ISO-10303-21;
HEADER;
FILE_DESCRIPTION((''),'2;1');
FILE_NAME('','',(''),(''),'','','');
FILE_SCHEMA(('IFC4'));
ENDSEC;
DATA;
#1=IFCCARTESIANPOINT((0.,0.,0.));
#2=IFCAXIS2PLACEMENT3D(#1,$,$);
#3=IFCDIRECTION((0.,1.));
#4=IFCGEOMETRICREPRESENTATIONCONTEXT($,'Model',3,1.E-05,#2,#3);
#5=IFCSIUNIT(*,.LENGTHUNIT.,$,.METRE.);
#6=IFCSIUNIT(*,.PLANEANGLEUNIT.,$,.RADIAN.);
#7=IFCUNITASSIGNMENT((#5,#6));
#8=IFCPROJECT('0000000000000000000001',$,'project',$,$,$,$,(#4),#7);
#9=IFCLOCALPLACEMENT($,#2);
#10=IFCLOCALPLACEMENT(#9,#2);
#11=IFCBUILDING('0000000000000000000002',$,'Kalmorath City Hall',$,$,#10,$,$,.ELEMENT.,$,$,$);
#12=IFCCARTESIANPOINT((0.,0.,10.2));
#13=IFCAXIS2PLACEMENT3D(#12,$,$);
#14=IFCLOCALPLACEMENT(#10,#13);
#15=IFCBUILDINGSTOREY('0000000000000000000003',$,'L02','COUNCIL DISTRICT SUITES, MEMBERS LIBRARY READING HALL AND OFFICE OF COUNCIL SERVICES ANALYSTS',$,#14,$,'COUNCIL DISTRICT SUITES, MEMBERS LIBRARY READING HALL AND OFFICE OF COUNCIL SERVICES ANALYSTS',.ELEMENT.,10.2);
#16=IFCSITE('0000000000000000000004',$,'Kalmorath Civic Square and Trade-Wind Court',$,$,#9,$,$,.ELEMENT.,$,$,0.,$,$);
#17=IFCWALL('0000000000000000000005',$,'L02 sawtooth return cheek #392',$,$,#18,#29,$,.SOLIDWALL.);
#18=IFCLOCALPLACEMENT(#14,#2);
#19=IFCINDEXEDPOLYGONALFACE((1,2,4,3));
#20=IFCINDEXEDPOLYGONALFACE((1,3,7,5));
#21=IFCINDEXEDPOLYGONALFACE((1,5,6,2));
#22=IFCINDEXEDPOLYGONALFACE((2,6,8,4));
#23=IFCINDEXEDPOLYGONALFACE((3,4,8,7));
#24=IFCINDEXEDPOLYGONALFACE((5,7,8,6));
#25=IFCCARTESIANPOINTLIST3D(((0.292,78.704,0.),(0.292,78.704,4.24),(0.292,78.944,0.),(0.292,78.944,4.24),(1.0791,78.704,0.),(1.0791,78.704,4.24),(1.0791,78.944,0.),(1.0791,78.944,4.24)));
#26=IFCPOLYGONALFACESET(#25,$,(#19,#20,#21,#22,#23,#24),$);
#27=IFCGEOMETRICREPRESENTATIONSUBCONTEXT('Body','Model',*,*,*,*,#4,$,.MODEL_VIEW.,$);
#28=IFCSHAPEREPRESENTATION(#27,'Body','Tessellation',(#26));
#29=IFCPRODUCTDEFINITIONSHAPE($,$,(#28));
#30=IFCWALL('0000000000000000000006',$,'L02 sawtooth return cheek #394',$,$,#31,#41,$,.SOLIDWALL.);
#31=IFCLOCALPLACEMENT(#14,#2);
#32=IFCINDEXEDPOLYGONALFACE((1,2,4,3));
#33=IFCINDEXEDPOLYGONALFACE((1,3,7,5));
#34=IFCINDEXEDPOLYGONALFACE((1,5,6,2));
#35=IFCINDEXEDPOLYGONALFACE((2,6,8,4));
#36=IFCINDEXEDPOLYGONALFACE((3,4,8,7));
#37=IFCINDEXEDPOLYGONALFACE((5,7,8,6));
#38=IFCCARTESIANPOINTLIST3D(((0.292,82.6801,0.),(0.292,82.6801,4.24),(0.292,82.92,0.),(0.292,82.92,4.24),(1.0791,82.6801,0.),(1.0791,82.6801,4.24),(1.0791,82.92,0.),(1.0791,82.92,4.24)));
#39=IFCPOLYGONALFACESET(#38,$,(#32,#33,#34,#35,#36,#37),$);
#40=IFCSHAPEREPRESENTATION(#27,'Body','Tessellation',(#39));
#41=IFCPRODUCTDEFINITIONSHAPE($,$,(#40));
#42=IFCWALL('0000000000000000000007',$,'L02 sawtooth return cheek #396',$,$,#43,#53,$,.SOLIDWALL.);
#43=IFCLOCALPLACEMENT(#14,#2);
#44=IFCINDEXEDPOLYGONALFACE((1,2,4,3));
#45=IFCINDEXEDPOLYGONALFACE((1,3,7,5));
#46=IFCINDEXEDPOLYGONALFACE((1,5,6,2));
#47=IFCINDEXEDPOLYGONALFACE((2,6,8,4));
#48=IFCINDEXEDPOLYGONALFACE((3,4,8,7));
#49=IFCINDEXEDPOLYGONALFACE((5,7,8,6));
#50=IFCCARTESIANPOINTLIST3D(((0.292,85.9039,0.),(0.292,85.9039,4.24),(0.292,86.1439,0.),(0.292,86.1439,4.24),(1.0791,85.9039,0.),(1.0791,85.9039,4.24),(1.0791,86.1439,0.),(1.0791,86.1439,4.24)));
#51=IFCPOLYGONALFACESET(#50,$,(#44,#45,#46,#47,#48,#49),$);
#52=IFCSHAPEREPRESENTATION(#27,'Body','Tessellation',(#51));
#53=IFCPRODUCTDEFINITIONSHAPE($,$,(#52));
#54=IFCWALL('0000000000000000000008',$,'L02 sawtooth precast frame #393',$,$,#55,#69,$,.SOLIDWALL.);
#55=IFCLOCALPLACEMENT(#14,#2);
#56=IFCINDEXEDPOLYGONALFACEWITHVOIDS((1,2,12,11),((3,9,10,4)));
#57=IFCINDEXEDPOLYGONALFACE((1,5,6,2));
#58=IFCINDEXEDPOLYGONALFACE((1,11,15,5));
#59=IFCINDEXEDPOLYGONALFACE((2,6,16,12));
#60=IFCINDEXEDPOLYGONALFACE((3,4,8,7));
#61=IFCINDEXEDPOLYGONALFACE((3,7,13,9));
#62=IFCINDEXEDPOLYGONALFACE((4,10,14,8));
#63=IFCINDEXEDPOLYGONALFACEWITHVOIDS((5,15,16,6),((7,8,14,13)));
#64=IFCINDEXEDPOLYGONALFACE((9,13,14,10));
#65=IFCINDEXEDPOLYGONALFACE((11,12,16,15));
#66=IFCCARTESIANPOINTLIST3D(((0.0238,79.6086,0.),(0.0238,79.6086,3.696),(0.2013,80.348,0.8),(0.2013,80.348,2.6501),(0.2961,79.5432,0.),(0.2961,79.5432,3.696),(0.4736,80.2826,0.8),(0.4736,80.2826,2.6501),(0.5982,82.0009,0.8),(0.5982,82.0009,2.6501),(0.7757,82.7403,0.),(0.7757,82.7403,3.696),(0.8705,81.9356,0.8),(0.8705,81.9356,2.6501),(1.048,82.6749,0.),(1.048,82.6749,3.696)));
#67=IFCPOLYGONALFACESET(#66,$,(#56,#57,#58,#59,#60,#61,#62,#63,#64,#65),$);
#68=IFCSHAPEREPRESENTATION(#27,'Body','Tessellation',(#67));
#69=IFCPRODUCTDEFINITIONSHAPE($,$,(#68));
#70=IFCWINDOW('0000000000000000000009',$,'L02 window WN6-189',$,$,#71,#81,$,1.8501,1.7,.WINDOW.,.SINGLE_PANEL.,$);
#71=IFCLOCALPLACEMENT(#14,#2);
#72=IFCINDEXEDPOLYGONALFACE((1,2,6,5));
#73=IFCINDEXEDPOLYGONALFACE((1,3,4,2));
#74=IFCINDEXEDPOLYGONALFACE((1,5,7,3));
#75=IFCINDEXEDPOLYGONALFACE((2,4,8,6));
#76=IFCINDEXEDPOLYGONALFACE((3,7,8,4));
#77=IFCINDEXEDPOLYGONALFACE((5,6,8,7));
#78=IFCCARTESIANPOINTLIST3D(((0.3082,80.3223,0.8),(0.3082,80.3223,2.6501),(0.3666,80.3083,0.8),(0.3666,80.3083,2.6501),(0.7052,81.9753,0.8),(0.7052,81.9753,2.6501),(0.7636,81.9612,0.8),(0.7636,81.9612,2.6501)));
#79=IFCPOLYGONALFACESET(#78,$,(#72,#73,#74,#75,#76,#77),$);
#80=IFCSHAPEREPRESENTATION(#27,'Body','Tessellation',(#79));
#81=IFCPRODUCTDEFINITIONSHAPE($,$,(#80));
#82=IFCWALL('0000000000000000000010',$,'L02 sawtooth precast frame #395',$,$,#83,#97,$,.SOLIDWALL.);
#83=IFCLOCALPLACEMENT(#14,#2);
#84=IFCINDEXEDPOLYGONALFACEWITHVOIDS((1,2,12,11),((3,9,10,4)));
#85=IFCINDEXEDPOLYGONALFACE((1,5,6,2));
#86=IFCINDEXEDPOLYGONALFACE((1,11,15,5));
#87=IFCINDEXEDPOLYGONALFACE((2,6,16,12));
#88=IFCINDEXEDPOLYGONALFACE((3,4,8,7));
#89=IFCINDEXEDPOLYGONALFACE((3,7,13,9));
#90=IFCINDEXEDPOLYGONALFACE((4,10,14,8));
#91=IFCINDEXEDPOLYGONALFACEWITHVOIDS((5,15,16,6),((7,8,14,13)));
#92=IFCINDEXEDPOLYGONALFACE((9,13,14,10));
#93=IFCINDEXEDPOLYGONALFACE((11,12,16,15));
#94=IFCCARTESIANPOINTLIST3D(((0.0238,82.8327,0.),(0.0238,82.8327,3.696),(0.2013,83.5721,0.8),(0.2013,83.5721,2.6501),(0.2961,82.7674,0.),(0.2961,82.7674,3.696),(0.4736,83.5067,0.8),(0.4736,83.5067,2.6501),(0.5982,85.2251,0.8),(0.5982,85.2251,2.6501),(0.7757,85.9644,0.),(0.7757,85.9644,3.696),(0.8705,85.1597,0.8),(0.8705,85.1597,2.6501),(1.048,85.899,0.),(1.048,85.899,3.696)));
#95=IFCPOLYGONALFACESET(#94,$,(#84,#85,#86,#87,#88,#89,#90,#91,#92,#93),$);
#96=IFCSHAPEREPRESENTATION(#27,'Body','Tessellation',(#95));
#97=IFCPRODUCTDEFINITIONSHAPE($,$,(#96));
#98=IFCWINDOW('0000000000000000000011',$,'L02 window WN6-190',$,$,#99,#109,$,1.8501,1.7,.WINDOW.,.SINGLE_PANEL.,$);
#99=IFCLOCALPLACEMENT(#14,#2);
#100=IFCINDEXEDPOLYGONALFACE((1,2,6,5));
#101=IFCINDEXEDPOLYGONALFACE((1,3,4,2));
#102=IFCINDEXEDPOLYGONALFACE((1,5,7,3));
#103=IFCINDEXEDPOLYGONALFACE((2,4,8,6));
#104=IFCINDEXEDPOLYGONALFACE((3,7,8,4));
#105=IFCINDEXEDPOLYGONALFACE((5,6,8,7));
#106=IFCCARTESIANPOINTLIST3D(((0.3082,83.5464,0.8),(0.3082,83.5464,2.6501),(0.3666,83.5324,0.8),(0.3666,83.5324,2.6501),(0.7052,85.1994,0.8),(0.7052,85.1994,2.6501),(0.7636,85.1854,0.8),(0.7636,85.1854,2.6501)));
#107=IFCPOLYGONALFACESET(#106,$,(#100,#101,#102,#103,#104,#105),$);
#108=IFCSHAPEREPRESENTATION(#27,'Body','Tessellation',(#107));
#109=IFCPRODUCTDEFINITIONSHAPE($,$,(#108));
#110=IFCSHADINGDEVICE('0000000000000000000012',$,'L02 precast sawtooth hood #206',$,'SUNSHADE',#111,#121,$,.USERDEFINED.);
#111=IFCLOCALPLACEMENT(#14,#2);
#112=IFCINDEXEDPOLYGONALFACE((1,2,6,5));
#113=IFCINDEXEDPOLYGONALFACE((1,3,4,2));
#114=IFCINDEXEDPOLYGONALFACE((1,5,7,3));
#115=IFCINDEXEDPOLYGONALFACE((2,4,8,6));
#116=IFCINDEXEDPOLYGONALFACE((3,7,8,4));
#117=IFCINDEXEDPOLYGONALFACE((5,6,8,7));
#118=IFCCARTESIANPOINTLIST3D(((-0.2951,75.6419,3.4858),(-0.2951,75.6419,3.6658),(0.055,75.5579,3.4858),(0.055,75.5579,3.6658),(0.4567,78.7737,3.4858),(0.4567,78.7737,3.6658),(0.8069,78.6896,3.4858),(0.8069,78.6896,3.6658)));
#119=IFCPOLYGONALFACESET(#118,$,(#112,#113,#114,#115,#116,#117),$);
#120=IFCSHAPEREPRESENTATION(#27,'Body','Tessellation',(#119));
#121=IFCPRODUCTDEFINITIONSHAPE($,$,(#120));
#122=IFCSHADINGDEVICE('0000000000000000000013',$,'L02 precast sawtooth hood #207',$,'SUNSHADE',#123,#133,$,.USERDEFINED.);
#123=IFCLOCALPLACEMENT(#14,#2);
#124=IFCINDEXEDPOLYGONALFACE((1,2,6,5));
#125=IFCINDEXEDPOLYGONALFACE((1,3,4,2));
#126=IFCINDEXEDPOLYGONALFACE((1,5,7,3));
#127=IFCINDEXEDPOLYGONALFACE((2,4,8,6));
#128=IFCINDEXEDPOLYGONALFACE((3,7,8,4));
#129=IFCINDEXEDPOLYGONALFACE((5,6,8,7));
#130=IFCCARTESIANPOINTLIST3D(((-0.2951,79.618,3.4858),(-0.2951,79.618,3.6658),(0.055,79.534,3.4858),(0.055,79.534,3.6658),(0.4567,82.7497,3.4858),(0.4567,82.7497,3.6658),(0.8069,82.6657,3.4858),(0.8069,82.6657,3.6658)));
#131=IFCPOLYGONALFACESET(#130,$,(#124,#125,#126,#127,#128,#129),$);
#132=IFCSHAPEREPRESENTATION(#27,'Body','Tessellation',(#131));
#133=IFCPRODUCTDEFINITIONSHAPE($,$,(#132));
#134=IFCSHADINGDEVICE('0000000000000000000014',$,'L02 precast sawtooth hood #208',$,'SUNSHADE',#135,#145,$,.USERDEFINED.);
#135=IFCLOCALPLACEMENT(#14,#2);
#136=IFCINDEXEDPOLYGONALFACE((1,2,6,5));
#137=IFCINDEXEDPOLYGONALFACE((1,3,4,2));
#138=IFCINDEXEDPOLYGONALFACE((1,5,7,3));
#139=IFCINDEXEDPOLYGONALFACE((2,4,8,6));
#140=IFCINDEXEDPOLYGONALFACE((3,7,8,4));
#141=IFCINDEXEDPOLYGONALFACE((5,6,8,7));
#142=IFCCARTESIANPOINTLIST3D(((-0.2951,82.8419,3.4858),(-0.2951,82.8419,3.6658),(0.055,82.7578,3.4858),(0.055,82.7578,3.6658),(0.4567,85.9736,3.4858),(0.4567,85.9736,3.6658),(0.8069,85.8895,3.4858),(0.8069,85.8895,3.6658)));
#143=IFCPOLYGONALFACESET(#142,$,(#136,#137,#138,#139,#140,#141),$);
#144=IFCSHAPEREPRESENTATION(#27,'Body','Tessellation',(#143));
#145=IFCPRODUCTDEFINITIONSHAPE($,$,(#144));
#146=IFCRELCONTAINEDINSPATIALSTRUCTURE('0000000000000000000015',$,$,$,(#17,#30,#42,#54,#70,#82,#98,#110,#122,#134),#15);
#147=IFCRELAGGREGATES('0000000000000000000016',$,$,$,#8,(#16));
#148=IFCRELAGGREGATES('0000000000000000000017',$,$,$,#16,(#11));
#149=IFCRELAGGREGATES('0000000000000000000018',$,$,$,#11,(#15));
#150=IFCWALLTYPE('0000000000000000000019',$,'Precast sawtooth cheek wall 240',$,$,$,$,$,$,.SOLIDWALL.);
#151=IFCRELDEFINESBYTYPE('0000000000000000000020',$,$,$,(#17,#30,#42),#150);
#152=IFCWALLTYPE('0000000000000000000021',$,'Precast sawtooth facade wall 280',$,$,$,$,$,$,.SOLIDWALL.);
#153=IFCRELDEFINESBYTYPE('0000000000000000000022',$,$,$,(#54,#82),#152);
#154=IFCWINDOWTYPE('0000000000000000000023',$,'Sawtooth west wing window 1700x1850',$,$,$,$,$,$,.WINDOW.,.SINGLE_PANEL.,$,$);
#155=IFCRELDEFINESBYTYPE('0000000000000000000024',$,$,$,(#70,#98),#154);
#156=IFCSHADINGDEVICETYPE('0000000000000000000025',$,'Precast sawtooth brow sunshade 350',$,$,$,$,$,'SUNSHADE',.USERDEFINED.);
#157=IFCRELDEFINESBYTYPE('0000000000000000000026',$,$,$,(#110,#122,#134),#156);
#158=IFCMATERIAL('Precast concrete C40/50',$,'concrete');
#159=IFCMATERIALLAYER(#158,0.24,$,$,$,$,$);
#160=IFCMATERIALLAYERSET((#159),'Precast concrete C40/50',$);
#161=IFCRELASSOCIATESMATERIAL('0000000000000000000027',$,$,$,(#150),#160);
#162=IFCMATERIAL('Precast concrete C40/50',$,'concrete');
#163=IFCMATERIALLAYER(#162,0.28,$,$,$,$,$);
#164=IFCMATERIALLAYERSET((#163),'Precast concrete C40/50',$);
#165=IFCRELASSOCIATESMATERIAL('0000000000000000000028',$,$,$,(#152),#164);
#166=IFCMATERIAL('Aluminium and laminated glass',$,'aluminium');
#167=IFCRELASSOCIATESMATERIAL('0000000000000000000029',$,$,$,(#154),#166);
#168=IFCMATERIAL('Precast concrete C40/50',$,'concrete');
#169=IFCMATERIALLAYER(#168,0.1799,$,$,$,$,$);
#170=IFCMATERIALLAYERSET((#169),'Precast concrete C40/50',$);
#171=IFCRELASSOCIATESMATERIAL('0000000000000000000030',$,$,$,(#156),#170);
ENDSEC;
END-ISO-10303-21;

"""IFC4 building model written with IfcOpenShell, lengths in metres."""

from ifc_helpers import new_model, si_unit, direction, frame, frame_2d, origin, origin_2d, place, context, subcontext, project, spatial, rectangle, extrude, material, layer, layer_set, type_object, element, fill, save


model = new_model("IFC4")

# Units and contexts
model_context = context("Model", 3, precision=1e-05, world=origin(), true_north=direction((0.0, 1.0)))
body_context = subcontext(model_context, "Body", "Model", "MODEL_VIEW")
ifc_project = project(units=[si_unit("LENGTHUNIT", "METRE"), si_unit("PLANEANGLEUNIT", "RADIAN")], contexts=[model_context])

# Site, building, storey
site_placement = place(None, origin())
site = spatial("IfcSite", under=ifc_project, at=site_placement, Name="Kalmorath Civic Square and Trade-Wind Court", CompositionType="ELEMENT", RefElevation=0.0)
building_placement = place(site_placement, origin())
building = spatial("IfcBuilding", under=site, at=building_placement, Name="Kalmorath City Hall", CompositionType="ELEMENT")
storey_placement = place(building_placement, frame((0.0, 0.0, 10.2)))
storey = spatial("IfcBuildingStorey", under=building, at=storey_placement, Name="L02", Description="COUNCIL DISTRICT SUITES, MEMBERS LIBRARY READING HALL AND OFFICE OF COUNCIL SERVICES ANALYSTS", LongName="COUNCIL DISTRICT SUITES, MEMBERS LIBRARY READING HALL AND OFFICE OF COUNCIL SERVICES ANALYSTS", CompositionType="ELEMENT", Elevation=10.2)

# Walls
ifc_material_1 = material(Name="Precast concrete C40/50", Category="concrete")
ifc_layer_1 = layer(ifc_material_1, 0.24)
ifc_layer_set_1 = layer_set([ifc_layer_1], Name="Precast concrete C40/50")
wall_type_1 = type_object("IfcWallType", Name="Precast sawtooth cheek wall 240", PredefinedType="SOLIDWALL", material=ifc_layer_set_1)
for number, where, z_axis, x_axis, name in (
    (1, (1.0791, 78.824, 0.0), (0.0, 0.0, 1.0), (-1.0, 0.0, 0.0), "L02 sawtooth return cheek #392"),
    (2, (1.0791, 82.8, 0.0), (0.0, 0.0, 1.0), (-1.0, 0.0, 0.0), "L02 sawtooth return cheek #394"),
    (3, (1.0791, 86.0239, 0.0), (0.0, 0.0, 1.0), (-1.0, 0.0, 0.0), "L02 sawtooth return cheek #396"),
):
    element("IfcWall", number, at=place(storey_placement, frame(where, z_axis=z_axis, x_axis=x_axis)), inside=storey, type_object=wall_type_1, Name=name, PredefinedType="SOLIDWALL", context=body_context, shape_type="SweptSolid", body=[
        extrude(rectangle(XDim=0.7871, YDim=0.24, at=frame_2d((0.3936, 0.0))), origin(), (0.0, 0.0, 1.0), 4.24),
    ])

# Walls, openings, windows
ifc_material_2 = material(Name="Precast concrete C40/50", Category="concrete")
ifc_layer_2 = layer(ifc_material_2, 0.28)
ifc_layer_set_2 = layer_set([ifc_layer_2], Name="Precast concrete C40/50")
wall_type_2 = type_object("IfcWallType", Name="Precast sawtooth facade wall 280", PredefinedType="SOLIDWALL", material=ifc_layer_set_2)
wall_1_placement = place(storey_placement, frame((0.1599, 79.5759, 0.0), z_axis=(0.0, 0.0, 1.0), x_axis=(0.233482, 0.972361, 0.0)))
wall_1 = element("IfcWall", 4, at=wall_1_placement, inside=storey, type_object=wall_type_2, Name="L02 sawtooth precast frame #393", PredefinedType="SOLIDWALL", context=body_context, shape_type="SweptSolid", body=[
    extrude(rectangle(XDim=3.2207, YDim=0.28, at=frame_2d((1.6104, 0.0))), origin(), (0.0, 0.0, 1.0), 3.696),
])
opening_1_placement = place(wall_1_placement, frame((0.7603, 0.0, 0.8)))
opening_1 = element("IfcOpeningElement", 5, at=opening_1_placement, cuts=wall_1, PredefinedType="OPENING", context=body_context, shape_type="SweptSolid", body=[
    extrude(rectangle(XDim=1.7, YDim=1.8501, at=frame_2d((0.8501, 0.925))), frame((0.0, 0.1499, 0.0), z_axis=(0.0, -1.0, 0.0), x_axis=(1.0, 0.0, 0.0)), (0.0, 0.0, 1.0), 0.3),
])
ifc_material_3 = material(Name="Aluminium and laminated glass", Category="aluminium")
window_type = type_object("IfcWindowType", Name="Sawtooth west wing window 1700x1850", PartitioningType="SINGLE_PANEL", PredefinedType="WINDOW", material=ifc_material_3)
window_1_placement = place(opening_1_placement, origin())
window_1 = element("IfcWindow", 6, at=window_1_placement, inside=storey, type_object=window_type, Name="L02 window WN6-189", OverallHeight=1.8501, OverallWidth=1.7, PartitioningType="SINGLE_PANEL", PredefinedType="WINDOW", context=body_context, shape_type="SweptSolid", body=[
    extrude(rectangle(XDim=1.7, YDim=1.8501, at=frame_2d((0.8501, 0.925))), frame((0.0, 0.03, 0.0), z_axis=(0.0, -1.0, 0.0), x_axis=(1.0, 0.0, 0.0)), (0.0, 0.0, 1.0), 0.0601),
])
fill(opening_1, window_1)
wall_2_placement = place(storey_placement, frame((0.1599, 82.8, 0.0), z_axis=(0.0, 0.0, 1.0), x_axis=(0.233482, 0.972361, 0.0)))
wall_2 = element("IfcWall", 7, at=wall_2_placement, inside=storey, type_object=wall_type_2, Name="L02 sawtooth precast frame #395", PredefinedType="SOLIDWALL", context=body_context, shape_type="SweptSolid", body=[
    extrude(rectangle(XDim=3.2207, YDim=0.28, at=frame_2d((1.6104, 0.0))), origin(), (0.0, 0.0, 1.0), 3.696),
])
opening_2_placement = place(wall_2_placement, frame((0.7603, 0.0, 0.8)))
opening_2 = element("IfcOpeningElement", 8, at=opening_2_placement, cuts=wall_2, PredefinedType="OPENING", context=body_context, shape_type="SweptSolid", body=[
    extrude(rectangle(XDim=1.7, YDim=1.8501, at=frame_2d((0.8501, 0.925))), frame((0.0, 0.1499, 0.0), z_axis=(0.0, -1.0, 0.0), x_axis=(1.0, 0.0, 0.0)), (0.0, 0.0, 1.0), 0.3),
])
window_2_placement = place(opening_2_placement, origin())
window_2 = element("IfcWindow", 9, at=window_2_placement, inside=storey, type_object=window_type, Name="L02 window WN6-190", OverallHeight=1.8501, OverallWidth=1.7, PartitioningType="SINGLE_PANEL", PredefinedType="WINDOW", context=body_context, shape_type="SweptSolid", body=[
    extrude(rectangle(XDim=1.7, YDim=1.8501, at=frame_2d((0.8501, 0.925))), frame((0.0, 0.03, 0.0), z_axis=(0.0, -1.0, 0.0), x_axis=(1.0, 0.0, 0.0)), (0.0, 0.0, 1.0), 0.0601),
])
fill(opening_2, window_2)

# Shading devices
ifc_material_4 = material(Name="Precast concrete C40/50", Category="concrete")
ifc_layer_3 = layer(ifc_material_4, 0.1799)
ifc_layer_set_3 = layer_set([ifc_layer_3], Name="Precast concrete C40/50")
shading_device_type = type_object("IfcShadingDeviceType", Name="Precast sawtooth brow sunshade 350", ElementType="SUNSHADE", PredefinedType="USERDEFINED", material=ifc_layer_set_3)
for number, where, z_axis, x_axis, name in (
    (10, (0.2559, 77.1658, 3.4858), (0.0, 0.0, 1.0), (0.233445, 0.97237, 0.0), "L02 precast sawtooth hood #206"),
    (11, (0.2559, 81.1418, 3.4858), (0.0, 0.0, 1.0), (0.233445, 0.97237, 0.0), "L02 precast sawtooth hood #207"),
    (12, (0.2559, 84.3657, 3.4858), (0.0, 0.0, 1.0), (0.233445, 0.97237, 0.0), "L02 precast sawtooth hood #208"),
):
    element("IfcShadingDevice", number, at=place(storey_placement, frame(where, z_axis=z_axis, x_axis=x_axis)), inside=storey, type_object=shading_device_type, Name=name, ObjectType="SUNSHADE", PredefinedType="USERDEFINED", context=body_context, shape_type="SweptSolid", body=[
        extrude(rectangle(XDim=3.2207, YDim=0.3601, at=origin_2d()), origin(), (0.0, 0.0, 1.0), 0.1799),
    ])

save(model, "model.ifc")
